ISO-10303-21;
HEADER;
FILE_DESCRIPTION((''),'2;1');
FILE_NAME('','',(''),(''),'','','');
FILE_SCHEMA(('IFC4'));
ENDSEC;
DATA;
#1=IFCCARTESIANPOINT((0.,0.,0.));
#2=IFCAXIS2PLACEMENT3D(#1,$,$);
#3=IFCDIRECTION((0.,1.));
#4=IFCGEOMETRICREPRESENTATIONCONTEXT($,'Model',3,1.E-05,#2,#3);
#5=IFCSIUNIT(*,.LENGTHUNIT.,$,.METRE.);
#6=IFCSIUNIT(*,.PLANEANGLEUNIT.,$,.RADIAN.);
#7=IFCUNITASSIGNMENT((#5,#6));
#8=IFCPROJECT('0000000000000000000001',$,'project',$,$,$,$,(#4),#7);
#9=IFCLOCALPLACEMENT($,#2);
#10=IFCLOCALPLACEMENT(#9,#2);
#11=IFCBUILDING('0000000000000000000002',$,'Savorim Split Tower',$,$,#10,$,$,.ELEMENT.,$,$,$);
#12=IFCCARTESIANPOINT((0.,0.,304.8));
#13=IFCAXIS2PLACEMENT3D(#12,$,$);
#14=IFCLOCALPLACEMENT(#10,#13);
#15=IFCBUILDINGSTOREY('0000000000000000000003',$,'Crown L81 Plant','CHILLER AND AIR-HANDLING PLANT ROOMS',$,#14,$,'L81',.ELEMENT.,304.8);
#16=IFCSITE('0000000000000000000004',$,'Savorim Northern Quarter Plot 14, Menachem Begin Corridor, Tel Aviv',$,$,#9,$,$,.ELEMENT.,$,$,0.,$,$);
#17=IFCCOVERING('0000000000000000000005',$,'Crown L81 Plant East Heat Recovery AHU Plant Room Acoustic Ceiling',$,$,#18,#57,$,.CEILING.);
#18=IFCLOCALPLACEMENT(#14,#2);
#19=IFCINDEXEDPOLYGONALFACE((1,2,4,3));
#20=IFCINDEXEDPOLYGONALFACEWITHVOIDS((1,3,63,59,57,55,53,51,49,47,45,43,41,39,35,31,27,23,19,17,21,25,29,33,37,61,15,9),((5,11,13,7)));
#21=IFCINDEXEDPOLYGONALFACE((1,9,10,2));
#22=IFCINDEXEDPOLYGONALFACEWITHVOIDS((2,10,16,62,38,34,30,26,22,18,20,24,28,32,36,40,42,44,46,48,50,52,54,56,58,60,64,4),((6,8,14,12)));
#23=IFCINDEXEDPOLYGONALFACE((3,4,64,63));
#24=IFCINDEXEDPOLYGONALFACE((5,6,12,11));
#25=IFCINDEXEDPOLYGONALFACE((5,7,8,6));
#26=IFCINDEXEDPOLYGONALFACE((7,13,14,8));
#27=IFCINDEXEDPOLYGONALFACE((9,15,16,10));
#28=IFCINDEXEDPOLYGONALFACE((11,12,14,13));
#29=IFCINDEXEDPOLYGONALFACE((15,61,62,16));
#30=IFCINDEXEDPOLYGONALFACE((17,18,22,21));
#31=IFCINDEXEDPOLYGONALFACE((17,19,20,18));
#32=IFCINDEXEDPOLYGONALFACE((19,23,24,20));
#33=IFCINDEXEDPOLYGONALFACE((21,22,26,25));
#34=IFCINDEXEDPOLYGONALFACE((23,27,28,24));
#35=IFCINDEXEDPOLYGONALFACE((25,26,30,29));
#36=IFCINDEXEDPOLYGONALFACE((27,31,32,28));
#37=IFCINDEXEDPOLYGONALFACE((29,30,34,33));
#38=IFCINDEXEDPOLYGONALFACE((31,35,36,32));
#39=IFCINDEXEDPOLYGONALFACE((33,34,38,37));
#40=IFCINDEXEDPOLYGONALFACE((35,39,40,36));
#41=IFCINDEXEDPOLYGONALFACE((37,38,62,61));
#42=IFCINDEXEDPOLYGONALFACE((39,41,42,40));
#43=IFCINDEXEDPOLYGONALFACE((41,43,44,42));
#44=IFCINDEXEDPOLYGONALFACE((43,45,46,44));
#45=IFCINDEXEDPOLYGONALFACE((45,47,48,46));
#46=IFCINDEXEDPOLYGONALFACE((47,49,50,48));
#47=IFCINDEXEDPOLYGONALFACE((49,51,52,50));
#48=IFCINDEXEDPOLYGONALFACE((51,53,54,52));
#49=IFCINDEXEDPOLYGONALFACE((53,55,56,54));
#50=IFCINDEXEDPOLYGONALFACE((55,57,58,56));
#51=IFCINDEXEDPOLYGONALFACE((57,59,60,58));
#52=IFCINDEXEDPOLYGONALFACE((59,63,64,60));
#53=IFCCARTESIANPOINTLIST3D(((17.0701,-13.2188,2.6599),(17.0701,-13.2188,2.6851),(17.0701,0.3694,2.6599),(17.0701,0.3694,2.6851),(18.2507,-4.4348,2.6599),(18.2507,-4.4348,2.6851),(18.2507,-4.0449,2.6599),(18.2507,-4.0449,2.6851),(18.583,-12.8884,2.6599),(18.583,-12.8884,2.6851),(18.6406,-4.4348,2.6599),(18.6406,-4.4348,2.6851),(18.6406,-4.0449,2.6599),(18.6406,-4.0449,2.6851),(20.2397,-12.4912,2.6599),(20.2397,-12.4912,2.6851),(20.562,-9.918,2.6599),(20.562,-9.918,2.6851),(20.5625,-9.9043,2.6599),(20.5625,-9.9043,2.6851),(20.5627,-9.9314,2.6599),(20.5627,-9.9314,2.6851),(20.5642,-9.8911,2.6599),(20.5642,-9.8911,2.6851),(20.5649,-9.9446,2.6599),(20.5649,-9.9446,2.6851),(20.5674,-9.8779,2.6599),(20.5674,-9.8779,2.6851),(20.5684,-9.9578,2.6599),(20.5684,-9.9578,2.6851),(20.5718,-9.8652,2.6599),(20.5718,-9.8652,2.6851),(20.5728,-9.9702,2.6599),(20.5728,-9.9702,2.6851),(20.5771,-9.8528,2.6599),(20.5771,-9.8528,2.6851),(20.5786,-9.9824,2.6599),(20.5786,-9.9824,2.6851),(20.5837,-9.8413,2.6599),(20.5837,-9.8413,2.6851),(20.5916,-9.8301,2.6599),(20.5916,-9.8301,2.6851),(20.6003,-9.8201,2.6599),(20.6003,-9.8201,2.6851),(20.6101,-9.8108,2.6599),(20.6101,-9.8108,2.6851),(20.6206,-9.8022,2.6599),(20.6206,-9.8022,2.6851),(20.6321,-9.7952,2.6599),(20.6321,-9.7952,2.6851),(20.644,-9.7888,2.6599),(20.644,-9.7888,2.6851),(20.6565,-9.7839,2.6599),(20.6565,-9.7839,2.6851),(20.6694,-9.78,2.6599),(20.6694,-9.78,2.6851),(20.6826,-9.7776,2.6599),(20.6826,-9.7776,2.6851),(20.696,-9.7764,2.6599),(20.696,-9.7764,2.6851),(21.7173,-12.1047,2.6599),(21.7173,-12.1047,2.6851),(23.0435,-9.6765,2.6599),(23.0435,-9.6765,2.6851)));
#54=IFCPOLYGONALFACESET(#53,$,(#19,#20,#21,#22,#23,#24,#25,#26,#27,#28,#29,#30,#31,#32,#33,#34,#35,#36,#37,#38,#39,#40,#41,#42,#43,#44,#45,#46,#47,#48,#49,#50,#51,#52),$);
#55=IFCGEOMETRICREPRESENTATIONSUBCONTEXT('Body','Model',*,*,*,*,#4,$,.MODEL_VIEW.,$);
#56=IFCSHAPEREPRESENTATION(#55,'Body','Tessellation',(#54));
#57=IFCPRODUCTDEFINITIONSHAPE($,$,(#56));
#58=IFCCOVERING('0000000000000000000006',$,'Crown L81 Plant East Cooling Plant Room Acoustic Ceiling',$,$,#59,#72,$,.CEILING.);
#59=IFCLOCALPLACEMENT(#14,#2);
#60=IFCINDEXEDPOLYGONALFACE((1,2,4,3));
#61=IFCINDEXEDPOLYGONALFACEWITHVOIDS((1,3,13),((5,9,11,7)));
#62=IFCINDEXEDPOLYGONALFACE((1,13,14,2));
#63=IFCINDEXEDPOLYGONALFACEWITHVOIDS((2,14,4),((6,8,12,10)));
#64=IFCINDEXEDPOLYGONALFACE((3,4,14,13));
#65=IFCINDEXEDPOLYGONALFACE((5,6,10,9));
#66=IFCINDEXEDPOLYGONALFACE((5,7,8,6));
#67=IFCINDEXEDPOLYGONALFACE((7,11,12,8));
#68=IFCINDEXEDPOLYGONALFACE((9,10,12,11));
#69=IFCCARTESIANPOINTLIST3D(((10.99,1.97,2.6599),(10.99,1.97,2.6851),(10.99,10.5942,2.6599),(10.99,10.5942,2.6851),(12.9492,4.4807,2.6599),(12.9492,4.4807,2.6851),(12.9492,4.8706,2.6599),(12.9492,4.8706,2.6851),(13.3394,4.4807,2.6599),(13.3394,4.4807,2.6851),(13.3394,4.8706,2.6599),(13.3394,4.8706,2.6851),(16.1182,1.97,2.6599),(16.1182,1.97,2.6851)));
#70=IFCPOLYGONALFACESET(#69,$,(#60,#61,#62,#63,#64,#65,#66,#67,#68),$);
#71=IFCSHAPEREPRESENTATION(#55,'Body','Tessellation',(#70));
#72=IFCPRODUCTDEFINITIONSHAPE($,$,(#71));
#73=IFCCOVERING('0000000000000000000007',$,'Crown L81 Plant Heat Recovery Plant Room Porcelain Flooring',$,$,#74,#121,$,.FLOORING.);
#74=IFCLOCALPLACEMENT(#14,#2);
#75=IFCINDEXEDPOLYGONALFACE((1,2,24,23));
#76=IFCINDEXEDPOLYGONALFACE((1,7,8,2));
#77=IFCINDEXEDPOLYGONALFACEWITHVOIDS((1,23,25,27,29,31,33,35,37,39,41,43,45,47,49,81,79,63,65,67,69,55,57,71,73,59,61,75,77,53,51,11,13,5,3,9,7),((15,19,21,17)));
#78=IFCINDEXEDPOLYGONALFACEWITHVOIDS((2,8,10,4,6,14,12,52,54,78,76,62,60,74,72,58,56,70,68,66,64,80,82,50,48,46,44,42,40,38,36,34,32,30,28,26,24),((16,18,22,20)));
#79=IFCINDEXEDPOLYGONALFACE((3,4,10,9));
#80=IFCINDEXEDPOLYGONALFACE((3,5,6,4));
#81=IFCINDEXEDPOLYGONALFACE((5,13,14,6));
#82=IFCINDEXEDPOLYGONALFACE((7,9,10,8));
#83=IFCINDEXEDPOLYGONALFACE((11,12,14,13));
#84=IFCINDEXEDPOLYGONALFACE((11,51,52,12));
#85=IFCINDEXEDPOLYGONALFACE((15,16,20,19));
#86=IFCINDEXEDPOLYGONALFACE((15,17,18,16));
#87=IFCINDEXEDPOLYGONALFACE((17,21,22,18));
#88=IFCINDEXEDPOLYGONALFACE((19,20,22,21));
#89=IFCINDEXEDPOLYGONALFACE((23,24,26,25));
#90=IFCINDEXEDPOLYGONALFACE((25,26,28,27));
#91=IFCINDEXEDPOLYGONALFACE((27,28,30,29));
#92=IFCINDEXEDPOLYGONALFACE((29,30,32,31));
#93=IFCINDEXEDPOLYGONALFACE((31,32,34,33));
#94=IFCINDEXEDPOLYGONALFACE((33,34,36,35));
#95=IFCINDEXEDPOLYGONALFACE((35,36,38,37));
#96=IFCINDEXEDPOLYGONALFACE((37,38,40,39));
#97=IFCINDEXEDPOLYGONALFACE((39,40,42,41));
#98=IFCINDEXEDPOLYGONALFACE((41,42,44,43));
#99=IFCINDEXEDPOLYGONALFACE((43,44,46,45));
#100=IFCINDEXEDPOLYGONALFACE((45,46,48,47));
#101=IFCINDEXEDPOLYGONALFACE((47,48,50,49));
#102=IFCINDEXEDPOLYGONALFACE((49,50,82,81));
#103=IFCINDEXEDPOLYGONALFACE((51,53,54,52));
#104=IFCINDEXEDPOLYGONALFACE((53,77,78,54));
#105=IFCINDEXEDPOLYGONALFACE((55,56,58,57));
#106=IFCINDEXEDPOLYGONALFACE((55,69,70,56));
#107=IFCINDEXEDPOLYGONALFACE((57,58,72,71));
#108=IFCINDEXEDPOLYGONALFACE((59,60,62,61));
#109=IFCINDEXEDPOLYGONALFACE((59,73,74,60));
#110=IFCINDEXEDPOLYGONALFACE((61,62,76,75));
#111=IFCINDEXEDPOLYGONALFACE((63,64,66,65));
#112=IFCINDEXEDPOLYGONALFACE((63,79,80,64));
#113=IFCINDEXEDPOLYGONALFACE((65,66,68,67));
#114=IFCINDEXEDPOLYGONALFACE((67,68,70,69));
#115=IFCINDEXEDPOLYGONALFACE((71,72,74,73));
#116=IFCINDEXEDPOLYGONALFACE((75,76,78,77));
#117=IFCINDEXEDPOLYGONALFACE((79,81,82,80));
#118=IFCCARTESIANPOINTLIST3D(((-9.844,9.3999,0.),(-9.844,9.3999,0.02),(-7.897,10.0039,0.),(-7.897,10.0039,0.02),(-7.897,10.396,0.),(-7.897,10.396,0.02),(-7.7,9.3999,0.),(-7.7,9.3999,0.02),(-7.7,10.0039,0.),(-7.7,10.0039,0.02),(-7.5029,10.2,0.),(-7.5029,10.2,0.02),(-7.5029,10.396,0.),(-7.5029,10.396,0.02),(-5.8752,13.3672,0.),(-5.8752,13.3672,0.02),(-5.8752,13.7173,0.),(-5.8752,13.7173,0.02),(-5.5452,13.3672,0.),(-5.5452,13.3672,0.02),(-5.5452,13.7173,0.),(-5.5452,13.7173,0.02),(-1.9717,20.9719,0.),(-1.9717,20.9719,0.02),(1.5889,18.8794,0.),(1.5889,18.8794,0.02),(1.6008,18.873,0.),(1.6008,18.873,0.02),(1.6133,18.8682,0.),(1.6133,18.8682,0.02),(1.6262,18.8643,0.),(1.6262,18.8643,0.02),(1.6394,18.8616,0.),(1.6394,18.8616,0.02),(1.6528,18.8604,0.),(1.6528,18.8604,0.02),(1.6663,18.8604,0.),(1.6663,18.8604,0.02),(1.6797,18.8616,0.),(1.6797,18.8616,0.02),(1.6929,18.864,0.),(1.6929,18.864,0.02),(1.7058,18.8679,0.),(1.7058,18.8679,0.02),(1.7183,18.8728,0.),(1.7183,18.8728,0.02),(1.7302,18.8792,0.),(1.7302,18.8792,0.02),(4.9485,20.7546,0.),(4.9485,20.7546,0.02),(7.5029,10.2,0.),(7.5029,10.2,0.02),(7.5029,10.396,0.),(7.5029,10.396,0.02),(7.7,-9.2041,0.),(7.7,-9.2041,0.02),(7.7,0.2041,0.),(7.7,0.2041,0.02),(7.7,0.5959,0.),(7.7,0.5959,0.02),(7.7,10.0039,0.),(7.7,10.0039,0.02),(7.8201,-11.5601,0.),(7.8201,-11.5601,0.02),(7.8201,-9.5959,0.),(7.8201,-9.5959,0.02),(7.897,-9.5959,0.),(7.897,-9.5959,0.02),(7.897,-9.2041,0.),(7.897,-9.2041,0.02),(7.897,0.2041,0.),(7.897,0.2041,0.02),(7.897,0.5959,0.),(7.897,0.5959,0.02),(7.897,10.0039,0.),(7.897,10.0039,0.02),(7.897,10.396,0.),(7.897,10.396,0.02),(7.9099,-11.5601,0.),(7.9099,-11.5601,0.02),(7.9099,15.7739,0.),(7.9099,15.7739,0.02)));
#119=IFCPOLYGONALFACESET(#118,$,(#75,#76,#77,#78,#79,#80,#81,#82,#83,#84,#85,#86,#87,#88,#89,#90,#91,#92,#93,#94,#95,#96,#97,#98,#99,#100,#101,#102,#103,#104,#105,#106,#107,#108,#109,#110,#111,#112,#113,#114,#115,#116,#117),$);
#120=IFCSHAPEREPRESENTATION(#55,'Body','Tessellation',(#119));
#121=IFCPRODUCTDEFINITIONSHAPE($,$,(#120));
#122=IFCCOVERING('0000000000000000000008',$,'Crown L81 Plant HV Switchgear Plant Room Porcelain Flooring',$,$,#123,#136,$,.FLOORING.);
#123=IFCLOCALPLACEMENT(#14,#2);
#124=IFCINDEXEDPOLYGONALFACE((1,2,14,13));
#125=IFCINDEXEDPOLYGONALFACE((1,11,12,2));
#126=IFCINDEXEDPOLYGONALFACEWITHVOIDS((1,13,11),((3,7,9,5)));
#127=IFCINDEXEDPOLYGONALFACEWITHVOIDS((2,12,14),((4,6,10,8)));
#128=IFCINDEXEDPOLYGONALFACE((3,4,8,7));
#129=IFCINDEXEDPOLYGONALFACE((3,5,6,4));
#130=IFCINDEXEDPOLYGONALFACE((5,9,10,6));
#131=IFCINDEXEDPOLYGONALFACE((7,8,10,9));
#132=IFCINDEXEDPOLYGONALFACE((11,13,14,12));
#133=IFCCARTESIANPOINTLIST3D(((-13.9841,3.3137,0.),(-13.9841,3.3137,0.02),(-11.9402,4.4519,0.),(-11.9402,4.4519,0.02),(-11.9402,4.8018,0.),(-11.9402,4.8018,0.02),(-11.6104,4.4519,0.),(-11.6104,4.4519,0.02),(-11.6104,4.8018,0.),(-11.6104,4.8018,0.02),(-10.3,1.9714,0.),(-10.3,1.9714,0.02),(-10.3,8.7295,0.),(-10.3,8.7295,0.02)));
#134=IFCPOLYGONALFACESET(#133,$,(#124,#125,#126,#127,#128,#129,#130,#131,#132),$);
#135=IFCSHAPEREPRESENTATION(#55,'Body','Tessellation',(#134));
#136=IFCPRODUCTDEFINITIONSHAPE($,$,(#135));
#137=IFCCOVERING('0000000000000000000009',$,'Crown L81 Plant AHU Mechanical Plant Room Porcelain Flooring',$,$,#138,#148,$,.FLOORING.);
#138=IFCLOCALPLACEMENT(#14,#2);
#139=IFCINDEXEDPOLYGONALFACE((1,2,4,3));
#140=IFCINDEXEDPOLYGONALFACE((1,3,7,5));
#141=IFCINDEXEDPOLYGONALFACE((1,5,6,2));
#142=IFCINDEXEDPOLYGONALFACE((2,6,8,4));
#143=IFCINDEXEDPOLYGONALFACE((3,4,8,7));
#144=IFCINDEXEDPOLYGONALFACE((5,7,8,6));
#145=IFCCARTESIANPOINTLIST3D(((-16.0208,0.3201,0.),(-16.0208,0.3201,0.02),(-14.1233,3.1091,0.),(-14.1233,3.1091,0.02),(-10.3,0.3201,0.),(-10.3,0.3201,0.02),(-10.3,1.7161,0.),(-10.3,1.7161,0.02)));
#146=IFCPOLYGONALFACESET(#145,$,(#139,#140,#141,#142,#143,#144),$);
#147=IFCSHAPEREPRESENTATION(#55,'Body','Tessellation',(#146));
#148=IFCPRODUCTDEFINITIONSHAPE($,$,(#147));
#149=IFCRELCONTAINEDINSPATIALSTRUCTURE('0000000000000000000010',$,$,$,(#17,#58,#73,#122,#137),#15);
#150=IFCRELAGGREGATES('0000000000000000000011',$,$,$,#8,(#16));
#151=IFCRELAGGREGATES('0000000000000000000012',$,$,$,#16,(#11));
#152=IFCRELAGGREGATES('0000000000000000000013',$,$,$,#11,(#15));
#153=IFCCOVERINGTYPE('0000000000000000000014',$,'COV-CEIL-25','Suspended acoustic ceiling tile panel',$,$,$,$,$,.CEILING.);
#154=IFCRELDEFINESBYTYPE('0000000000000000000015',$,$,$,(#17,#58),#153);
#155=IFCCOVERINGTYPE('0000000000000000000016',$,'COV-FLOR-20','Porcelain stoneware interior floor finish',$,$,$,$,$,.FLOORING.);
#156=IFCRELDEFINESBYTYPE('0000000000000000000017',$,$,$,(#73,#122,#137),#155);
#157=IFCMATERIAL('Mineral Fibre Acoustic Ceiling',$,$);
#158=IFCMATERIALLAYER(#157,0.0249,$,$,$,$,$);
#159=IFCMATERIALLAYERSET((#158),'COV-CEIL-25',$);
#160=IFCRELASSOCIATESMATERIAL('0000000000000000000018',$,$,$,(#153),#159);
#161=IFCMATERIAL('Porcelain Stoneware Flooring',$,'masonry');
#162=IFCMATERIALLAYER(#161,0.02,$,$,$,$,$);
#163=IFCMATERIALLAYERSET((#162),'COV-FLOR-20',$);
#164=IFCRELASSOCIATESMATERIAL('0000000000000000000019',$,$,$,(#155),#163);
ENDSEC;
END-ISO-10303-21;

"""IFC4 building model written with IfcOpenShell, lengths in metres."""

from ifc_helpers import new_model, si_unit, direction, frame, origin, place, context, subcontext, project, spatial, polyline, outline, extrude, material, layer, layer_set, type_object, element, save


model = new_model("IFC4")

# Units and contexts
model_context = context("Model", 3, precision=1e-05, world=origin(), true_north=direction((0.0, 1.0)))
body_context = subcontext(model_context, "Body", "Model", "MODEL_VIEW")
ifc_project = project(units=[si_unit("LENGTHUNIT", "METRE"), si_unit("PLANEANGLEUNIT", "RADIAN")], contexts=[model_context])

# Site, building, storey
site_placement = place(None, origin())
site = spatial("IfcSite", under=ifc_project, at=site_placement, Name="Savorim Northern Quarter Plot 14, Menachem Begin Corridor, Tel Aviv", CompositionType="ELEMENT", RefElevation=0.0)
building_placement = place(site_placement, origin())
building = spatial("IfcBuilding", under=site, at=building_placement, Name="Savorim Split Tower", CompositionType="ELEMENT")
storey_placement = place(building_placement, frame((0.0, 0.0, 304.8)))
storey = spatial("IfcBuildingStorey", under=building, at=storey_placement, Name="Crown L81 Plant", Description="CHILLER AND AIR-HANDLING PLANT ROOMS", LongName="L81", CompositionType="ELEMENT", Elevation=304.8)

# Coverings
ifc_material_1 = material(Name="Mineral Fibre Acoustic Ceiling")
ifc_layer_1 = layer(ifc_material_1, 0.0249)
ifc_layer_set_1 = layer_set([ifc_layer_1], Name="COV-CEIL-25")
covering_type_1 = type_object("IfcCoveringType", Name="COV-CEIL-25", Description="Suspended acoustic ceiling tile panel", PredefinedType="CEILING", material=ifc_layer_set_1)
covering_1_placement = place(storey_placement, frame((0.0, 0.0, 2.6599)))
element("IfcCovering", 1, at=covering_1_placement, inside=storey, type_object=covering_type_1, Name="Crown L81 Plant East Heat Recovery AHU Plant Room Acoustic Ceiling", PredefinedType="CEILING", context=body_context, shape_type="SweptSolid", body=[
    extrude(outline(polyline([(20.6565, -9.7839), (20.6694, -9.78), (20.6826, -9.7776), (20.696, -9.7764), (23.0435, -9.6765), (17.0701, 0.3694), (17.0701, -13.2188), (18.583, -12.8884), (20.2397, -12.4912), (21.7173, -12.1047), (20.5786, -9.9824), (20.5728, -9.9702), (20.5684, -9.9578), (20.5649, -9.9446), (20.5627, -9.9314), (20.562, -9.918), (20.5625, -9.9043), (20.5642, -9.8911), (20.5674, -9.8779), (20.5718, -9.8652), (20.5771, -9.8528), (20.5837, -9.8413), (20.5916, -9.8301), (20.6003, -9.8201), (20.6101, -9.8108), (20.6206, -9.8022), (20.6321, -9.7952), (20.644, -9.7888), (20.6565, -9.7839)]), holes=[polyline([(18.2507, -4.0449), (18.2507, -4.4348), (18.6406, -4.4348), (18.6406, -4.0449), (18.2507, -4.0449)])]), origin(), (0.0, 0.0, 1.0), 0.0251),
])
covering_2_placement = place(storey_placement, frame((0.0, 0.0, 2.6599)))
element("IfcCovering", 2, at=covering_2_placement, inside=storey, type_object=covering_type_1, Name="Crown L81 Plant East Cooling Plant Room Acoustic Ceiling", PredefinedType="CEILING", context=body_context, shape_type="SweptSolid", body=[
    extrude(outline(polyline([(10.99, 10.5942), (10.99, 1.97), (16.1182, 1.97), (10.99, 10.5942)]), holes=[polyline([(12.9492, 4.8706), (12.9492, 4.4807), (13.3394, 4.4807), (13.3394, 4.8706), (12.9492, 4.8706)])]), origin(), (0.0, 0.0, 1.0), 0.0251),
])
ifc_material_2 = material(Name="Porcelain Stoneware Flooring", Category="masonry")
ifc_layer_2 = layer(ifc_material_2, 0.02)
ifc_layer_set_2 = layer_set([ifc_layer_2], Name="COV-FLOR-20")
covering_type_2 = type_object("IfcCoveringType", Name="COV-FLOR-20", Description="Porcelain stoneware interior floor finish", PredefinedType="FLOORING", material=ifc_layer_set_2)
covering_3_placement = place(storey_placement, origin())
element("IfcCovering", 3, at=covering_3_placement, inside=storey, type_object=covering_type_2, Name="Crown L81 Plant Heat Recovery Plant Room Porcelain Flooring", PredefinedType="FLOORING", context=body_context, shape_type="SweptSolid", body=[
    extrude(outline(polyline([(1.6008, 18.873), (1.5889, 18.8794), (-1.9717, 20.9719), (-9.844, 9.3999), (-7.7, 9.3999), (-7.7, 10.0039), (-7.897, 10.0039), (-7.897, 10.396), (-7.5029, 10.396), (-7.5029, 10.2), (7.5029, 10.2), (7.5029, 10.396), (7.897, 10.396), (7.897, 10.0039), (7.7, 10.0039), (7.7, 0.5959), (7.897, 0.5959), (7.897, 0.2041), (7.7, 0.2041), (7.7, -9.2041), (7.897, -9.2041), (7.897, -9.5959), (7.8201, -9.5959), (7.8201, -11.5601), (7.9099, -11.5601), (7.9099, 15.7739), (4.9485, 20.7546), (1.7302, 18.8792), (1.7183, 18.8728), (1.7058, 18.8679), (1.6929, 18.864), (1.6797, 18.8616), (1.6663, 18.8604), (1.6528, 18.8604), (1.6394, 18.8616), (1.6262, 18.8643), (1.6133, 18.8682), (1.6008, 18.873)]), holes=[polyline([(-5.5452, 13.7173), (-5.8752, 13.7173), (-5.8752, 13.3672), (-5.5452, 13.3672), (-5.5452, 13.7173)])]), origin(), (0.0, 0.0, 1.0), 0.02),
])
covering_4_placement = place(storey_placement, origin())
element("IfcCovering", 4, at=covering_4_placement, inside=storey, type_object=covering_type_2, Name="Crown L81 Plant HV Switchgear Plant Room Porcelain Flooring", PredefinedType="FLOORING", context=body_context, shape_type="SweptSolid", body=[
    extrude(outline(polyline([(-13.9841, 3.3137), (-10.3, 1.9714), (-10.3, 8.7295), (-13.9841, 3.3137)]), holes=[polyline([(-11.6104, 4.4519), (-11.6104, 4.8018), (-11.9402, 4.8018), (-11.9402, 4.4519), (-11.6104, 4.4519)])]), origin(), (0.0, 0.0, 1.0), 0.02),
])
covering_5_placement = place(storey_placement, origin())
element("IfcCovering", 5, at=covering_5_placement, inside=storey, type_object=covering_type_2, Name="Crown L81 Plant AHU Mechanical Plant Room Porcelain Flooring", PredefinedType="FLOORING", context=body_context, shape_type="SweptSolid", body=[
    extrude(outline(polyline([(-10.3, 0.3201), (-10.3, 1.7161), (-14.1233, 3.1091), (-16.0208, 0.3201), (-10.3, 0.3201)])), origin(), (0.0, 0.0, 1.0), 0.02),
])

save(model, "model.ifc")
